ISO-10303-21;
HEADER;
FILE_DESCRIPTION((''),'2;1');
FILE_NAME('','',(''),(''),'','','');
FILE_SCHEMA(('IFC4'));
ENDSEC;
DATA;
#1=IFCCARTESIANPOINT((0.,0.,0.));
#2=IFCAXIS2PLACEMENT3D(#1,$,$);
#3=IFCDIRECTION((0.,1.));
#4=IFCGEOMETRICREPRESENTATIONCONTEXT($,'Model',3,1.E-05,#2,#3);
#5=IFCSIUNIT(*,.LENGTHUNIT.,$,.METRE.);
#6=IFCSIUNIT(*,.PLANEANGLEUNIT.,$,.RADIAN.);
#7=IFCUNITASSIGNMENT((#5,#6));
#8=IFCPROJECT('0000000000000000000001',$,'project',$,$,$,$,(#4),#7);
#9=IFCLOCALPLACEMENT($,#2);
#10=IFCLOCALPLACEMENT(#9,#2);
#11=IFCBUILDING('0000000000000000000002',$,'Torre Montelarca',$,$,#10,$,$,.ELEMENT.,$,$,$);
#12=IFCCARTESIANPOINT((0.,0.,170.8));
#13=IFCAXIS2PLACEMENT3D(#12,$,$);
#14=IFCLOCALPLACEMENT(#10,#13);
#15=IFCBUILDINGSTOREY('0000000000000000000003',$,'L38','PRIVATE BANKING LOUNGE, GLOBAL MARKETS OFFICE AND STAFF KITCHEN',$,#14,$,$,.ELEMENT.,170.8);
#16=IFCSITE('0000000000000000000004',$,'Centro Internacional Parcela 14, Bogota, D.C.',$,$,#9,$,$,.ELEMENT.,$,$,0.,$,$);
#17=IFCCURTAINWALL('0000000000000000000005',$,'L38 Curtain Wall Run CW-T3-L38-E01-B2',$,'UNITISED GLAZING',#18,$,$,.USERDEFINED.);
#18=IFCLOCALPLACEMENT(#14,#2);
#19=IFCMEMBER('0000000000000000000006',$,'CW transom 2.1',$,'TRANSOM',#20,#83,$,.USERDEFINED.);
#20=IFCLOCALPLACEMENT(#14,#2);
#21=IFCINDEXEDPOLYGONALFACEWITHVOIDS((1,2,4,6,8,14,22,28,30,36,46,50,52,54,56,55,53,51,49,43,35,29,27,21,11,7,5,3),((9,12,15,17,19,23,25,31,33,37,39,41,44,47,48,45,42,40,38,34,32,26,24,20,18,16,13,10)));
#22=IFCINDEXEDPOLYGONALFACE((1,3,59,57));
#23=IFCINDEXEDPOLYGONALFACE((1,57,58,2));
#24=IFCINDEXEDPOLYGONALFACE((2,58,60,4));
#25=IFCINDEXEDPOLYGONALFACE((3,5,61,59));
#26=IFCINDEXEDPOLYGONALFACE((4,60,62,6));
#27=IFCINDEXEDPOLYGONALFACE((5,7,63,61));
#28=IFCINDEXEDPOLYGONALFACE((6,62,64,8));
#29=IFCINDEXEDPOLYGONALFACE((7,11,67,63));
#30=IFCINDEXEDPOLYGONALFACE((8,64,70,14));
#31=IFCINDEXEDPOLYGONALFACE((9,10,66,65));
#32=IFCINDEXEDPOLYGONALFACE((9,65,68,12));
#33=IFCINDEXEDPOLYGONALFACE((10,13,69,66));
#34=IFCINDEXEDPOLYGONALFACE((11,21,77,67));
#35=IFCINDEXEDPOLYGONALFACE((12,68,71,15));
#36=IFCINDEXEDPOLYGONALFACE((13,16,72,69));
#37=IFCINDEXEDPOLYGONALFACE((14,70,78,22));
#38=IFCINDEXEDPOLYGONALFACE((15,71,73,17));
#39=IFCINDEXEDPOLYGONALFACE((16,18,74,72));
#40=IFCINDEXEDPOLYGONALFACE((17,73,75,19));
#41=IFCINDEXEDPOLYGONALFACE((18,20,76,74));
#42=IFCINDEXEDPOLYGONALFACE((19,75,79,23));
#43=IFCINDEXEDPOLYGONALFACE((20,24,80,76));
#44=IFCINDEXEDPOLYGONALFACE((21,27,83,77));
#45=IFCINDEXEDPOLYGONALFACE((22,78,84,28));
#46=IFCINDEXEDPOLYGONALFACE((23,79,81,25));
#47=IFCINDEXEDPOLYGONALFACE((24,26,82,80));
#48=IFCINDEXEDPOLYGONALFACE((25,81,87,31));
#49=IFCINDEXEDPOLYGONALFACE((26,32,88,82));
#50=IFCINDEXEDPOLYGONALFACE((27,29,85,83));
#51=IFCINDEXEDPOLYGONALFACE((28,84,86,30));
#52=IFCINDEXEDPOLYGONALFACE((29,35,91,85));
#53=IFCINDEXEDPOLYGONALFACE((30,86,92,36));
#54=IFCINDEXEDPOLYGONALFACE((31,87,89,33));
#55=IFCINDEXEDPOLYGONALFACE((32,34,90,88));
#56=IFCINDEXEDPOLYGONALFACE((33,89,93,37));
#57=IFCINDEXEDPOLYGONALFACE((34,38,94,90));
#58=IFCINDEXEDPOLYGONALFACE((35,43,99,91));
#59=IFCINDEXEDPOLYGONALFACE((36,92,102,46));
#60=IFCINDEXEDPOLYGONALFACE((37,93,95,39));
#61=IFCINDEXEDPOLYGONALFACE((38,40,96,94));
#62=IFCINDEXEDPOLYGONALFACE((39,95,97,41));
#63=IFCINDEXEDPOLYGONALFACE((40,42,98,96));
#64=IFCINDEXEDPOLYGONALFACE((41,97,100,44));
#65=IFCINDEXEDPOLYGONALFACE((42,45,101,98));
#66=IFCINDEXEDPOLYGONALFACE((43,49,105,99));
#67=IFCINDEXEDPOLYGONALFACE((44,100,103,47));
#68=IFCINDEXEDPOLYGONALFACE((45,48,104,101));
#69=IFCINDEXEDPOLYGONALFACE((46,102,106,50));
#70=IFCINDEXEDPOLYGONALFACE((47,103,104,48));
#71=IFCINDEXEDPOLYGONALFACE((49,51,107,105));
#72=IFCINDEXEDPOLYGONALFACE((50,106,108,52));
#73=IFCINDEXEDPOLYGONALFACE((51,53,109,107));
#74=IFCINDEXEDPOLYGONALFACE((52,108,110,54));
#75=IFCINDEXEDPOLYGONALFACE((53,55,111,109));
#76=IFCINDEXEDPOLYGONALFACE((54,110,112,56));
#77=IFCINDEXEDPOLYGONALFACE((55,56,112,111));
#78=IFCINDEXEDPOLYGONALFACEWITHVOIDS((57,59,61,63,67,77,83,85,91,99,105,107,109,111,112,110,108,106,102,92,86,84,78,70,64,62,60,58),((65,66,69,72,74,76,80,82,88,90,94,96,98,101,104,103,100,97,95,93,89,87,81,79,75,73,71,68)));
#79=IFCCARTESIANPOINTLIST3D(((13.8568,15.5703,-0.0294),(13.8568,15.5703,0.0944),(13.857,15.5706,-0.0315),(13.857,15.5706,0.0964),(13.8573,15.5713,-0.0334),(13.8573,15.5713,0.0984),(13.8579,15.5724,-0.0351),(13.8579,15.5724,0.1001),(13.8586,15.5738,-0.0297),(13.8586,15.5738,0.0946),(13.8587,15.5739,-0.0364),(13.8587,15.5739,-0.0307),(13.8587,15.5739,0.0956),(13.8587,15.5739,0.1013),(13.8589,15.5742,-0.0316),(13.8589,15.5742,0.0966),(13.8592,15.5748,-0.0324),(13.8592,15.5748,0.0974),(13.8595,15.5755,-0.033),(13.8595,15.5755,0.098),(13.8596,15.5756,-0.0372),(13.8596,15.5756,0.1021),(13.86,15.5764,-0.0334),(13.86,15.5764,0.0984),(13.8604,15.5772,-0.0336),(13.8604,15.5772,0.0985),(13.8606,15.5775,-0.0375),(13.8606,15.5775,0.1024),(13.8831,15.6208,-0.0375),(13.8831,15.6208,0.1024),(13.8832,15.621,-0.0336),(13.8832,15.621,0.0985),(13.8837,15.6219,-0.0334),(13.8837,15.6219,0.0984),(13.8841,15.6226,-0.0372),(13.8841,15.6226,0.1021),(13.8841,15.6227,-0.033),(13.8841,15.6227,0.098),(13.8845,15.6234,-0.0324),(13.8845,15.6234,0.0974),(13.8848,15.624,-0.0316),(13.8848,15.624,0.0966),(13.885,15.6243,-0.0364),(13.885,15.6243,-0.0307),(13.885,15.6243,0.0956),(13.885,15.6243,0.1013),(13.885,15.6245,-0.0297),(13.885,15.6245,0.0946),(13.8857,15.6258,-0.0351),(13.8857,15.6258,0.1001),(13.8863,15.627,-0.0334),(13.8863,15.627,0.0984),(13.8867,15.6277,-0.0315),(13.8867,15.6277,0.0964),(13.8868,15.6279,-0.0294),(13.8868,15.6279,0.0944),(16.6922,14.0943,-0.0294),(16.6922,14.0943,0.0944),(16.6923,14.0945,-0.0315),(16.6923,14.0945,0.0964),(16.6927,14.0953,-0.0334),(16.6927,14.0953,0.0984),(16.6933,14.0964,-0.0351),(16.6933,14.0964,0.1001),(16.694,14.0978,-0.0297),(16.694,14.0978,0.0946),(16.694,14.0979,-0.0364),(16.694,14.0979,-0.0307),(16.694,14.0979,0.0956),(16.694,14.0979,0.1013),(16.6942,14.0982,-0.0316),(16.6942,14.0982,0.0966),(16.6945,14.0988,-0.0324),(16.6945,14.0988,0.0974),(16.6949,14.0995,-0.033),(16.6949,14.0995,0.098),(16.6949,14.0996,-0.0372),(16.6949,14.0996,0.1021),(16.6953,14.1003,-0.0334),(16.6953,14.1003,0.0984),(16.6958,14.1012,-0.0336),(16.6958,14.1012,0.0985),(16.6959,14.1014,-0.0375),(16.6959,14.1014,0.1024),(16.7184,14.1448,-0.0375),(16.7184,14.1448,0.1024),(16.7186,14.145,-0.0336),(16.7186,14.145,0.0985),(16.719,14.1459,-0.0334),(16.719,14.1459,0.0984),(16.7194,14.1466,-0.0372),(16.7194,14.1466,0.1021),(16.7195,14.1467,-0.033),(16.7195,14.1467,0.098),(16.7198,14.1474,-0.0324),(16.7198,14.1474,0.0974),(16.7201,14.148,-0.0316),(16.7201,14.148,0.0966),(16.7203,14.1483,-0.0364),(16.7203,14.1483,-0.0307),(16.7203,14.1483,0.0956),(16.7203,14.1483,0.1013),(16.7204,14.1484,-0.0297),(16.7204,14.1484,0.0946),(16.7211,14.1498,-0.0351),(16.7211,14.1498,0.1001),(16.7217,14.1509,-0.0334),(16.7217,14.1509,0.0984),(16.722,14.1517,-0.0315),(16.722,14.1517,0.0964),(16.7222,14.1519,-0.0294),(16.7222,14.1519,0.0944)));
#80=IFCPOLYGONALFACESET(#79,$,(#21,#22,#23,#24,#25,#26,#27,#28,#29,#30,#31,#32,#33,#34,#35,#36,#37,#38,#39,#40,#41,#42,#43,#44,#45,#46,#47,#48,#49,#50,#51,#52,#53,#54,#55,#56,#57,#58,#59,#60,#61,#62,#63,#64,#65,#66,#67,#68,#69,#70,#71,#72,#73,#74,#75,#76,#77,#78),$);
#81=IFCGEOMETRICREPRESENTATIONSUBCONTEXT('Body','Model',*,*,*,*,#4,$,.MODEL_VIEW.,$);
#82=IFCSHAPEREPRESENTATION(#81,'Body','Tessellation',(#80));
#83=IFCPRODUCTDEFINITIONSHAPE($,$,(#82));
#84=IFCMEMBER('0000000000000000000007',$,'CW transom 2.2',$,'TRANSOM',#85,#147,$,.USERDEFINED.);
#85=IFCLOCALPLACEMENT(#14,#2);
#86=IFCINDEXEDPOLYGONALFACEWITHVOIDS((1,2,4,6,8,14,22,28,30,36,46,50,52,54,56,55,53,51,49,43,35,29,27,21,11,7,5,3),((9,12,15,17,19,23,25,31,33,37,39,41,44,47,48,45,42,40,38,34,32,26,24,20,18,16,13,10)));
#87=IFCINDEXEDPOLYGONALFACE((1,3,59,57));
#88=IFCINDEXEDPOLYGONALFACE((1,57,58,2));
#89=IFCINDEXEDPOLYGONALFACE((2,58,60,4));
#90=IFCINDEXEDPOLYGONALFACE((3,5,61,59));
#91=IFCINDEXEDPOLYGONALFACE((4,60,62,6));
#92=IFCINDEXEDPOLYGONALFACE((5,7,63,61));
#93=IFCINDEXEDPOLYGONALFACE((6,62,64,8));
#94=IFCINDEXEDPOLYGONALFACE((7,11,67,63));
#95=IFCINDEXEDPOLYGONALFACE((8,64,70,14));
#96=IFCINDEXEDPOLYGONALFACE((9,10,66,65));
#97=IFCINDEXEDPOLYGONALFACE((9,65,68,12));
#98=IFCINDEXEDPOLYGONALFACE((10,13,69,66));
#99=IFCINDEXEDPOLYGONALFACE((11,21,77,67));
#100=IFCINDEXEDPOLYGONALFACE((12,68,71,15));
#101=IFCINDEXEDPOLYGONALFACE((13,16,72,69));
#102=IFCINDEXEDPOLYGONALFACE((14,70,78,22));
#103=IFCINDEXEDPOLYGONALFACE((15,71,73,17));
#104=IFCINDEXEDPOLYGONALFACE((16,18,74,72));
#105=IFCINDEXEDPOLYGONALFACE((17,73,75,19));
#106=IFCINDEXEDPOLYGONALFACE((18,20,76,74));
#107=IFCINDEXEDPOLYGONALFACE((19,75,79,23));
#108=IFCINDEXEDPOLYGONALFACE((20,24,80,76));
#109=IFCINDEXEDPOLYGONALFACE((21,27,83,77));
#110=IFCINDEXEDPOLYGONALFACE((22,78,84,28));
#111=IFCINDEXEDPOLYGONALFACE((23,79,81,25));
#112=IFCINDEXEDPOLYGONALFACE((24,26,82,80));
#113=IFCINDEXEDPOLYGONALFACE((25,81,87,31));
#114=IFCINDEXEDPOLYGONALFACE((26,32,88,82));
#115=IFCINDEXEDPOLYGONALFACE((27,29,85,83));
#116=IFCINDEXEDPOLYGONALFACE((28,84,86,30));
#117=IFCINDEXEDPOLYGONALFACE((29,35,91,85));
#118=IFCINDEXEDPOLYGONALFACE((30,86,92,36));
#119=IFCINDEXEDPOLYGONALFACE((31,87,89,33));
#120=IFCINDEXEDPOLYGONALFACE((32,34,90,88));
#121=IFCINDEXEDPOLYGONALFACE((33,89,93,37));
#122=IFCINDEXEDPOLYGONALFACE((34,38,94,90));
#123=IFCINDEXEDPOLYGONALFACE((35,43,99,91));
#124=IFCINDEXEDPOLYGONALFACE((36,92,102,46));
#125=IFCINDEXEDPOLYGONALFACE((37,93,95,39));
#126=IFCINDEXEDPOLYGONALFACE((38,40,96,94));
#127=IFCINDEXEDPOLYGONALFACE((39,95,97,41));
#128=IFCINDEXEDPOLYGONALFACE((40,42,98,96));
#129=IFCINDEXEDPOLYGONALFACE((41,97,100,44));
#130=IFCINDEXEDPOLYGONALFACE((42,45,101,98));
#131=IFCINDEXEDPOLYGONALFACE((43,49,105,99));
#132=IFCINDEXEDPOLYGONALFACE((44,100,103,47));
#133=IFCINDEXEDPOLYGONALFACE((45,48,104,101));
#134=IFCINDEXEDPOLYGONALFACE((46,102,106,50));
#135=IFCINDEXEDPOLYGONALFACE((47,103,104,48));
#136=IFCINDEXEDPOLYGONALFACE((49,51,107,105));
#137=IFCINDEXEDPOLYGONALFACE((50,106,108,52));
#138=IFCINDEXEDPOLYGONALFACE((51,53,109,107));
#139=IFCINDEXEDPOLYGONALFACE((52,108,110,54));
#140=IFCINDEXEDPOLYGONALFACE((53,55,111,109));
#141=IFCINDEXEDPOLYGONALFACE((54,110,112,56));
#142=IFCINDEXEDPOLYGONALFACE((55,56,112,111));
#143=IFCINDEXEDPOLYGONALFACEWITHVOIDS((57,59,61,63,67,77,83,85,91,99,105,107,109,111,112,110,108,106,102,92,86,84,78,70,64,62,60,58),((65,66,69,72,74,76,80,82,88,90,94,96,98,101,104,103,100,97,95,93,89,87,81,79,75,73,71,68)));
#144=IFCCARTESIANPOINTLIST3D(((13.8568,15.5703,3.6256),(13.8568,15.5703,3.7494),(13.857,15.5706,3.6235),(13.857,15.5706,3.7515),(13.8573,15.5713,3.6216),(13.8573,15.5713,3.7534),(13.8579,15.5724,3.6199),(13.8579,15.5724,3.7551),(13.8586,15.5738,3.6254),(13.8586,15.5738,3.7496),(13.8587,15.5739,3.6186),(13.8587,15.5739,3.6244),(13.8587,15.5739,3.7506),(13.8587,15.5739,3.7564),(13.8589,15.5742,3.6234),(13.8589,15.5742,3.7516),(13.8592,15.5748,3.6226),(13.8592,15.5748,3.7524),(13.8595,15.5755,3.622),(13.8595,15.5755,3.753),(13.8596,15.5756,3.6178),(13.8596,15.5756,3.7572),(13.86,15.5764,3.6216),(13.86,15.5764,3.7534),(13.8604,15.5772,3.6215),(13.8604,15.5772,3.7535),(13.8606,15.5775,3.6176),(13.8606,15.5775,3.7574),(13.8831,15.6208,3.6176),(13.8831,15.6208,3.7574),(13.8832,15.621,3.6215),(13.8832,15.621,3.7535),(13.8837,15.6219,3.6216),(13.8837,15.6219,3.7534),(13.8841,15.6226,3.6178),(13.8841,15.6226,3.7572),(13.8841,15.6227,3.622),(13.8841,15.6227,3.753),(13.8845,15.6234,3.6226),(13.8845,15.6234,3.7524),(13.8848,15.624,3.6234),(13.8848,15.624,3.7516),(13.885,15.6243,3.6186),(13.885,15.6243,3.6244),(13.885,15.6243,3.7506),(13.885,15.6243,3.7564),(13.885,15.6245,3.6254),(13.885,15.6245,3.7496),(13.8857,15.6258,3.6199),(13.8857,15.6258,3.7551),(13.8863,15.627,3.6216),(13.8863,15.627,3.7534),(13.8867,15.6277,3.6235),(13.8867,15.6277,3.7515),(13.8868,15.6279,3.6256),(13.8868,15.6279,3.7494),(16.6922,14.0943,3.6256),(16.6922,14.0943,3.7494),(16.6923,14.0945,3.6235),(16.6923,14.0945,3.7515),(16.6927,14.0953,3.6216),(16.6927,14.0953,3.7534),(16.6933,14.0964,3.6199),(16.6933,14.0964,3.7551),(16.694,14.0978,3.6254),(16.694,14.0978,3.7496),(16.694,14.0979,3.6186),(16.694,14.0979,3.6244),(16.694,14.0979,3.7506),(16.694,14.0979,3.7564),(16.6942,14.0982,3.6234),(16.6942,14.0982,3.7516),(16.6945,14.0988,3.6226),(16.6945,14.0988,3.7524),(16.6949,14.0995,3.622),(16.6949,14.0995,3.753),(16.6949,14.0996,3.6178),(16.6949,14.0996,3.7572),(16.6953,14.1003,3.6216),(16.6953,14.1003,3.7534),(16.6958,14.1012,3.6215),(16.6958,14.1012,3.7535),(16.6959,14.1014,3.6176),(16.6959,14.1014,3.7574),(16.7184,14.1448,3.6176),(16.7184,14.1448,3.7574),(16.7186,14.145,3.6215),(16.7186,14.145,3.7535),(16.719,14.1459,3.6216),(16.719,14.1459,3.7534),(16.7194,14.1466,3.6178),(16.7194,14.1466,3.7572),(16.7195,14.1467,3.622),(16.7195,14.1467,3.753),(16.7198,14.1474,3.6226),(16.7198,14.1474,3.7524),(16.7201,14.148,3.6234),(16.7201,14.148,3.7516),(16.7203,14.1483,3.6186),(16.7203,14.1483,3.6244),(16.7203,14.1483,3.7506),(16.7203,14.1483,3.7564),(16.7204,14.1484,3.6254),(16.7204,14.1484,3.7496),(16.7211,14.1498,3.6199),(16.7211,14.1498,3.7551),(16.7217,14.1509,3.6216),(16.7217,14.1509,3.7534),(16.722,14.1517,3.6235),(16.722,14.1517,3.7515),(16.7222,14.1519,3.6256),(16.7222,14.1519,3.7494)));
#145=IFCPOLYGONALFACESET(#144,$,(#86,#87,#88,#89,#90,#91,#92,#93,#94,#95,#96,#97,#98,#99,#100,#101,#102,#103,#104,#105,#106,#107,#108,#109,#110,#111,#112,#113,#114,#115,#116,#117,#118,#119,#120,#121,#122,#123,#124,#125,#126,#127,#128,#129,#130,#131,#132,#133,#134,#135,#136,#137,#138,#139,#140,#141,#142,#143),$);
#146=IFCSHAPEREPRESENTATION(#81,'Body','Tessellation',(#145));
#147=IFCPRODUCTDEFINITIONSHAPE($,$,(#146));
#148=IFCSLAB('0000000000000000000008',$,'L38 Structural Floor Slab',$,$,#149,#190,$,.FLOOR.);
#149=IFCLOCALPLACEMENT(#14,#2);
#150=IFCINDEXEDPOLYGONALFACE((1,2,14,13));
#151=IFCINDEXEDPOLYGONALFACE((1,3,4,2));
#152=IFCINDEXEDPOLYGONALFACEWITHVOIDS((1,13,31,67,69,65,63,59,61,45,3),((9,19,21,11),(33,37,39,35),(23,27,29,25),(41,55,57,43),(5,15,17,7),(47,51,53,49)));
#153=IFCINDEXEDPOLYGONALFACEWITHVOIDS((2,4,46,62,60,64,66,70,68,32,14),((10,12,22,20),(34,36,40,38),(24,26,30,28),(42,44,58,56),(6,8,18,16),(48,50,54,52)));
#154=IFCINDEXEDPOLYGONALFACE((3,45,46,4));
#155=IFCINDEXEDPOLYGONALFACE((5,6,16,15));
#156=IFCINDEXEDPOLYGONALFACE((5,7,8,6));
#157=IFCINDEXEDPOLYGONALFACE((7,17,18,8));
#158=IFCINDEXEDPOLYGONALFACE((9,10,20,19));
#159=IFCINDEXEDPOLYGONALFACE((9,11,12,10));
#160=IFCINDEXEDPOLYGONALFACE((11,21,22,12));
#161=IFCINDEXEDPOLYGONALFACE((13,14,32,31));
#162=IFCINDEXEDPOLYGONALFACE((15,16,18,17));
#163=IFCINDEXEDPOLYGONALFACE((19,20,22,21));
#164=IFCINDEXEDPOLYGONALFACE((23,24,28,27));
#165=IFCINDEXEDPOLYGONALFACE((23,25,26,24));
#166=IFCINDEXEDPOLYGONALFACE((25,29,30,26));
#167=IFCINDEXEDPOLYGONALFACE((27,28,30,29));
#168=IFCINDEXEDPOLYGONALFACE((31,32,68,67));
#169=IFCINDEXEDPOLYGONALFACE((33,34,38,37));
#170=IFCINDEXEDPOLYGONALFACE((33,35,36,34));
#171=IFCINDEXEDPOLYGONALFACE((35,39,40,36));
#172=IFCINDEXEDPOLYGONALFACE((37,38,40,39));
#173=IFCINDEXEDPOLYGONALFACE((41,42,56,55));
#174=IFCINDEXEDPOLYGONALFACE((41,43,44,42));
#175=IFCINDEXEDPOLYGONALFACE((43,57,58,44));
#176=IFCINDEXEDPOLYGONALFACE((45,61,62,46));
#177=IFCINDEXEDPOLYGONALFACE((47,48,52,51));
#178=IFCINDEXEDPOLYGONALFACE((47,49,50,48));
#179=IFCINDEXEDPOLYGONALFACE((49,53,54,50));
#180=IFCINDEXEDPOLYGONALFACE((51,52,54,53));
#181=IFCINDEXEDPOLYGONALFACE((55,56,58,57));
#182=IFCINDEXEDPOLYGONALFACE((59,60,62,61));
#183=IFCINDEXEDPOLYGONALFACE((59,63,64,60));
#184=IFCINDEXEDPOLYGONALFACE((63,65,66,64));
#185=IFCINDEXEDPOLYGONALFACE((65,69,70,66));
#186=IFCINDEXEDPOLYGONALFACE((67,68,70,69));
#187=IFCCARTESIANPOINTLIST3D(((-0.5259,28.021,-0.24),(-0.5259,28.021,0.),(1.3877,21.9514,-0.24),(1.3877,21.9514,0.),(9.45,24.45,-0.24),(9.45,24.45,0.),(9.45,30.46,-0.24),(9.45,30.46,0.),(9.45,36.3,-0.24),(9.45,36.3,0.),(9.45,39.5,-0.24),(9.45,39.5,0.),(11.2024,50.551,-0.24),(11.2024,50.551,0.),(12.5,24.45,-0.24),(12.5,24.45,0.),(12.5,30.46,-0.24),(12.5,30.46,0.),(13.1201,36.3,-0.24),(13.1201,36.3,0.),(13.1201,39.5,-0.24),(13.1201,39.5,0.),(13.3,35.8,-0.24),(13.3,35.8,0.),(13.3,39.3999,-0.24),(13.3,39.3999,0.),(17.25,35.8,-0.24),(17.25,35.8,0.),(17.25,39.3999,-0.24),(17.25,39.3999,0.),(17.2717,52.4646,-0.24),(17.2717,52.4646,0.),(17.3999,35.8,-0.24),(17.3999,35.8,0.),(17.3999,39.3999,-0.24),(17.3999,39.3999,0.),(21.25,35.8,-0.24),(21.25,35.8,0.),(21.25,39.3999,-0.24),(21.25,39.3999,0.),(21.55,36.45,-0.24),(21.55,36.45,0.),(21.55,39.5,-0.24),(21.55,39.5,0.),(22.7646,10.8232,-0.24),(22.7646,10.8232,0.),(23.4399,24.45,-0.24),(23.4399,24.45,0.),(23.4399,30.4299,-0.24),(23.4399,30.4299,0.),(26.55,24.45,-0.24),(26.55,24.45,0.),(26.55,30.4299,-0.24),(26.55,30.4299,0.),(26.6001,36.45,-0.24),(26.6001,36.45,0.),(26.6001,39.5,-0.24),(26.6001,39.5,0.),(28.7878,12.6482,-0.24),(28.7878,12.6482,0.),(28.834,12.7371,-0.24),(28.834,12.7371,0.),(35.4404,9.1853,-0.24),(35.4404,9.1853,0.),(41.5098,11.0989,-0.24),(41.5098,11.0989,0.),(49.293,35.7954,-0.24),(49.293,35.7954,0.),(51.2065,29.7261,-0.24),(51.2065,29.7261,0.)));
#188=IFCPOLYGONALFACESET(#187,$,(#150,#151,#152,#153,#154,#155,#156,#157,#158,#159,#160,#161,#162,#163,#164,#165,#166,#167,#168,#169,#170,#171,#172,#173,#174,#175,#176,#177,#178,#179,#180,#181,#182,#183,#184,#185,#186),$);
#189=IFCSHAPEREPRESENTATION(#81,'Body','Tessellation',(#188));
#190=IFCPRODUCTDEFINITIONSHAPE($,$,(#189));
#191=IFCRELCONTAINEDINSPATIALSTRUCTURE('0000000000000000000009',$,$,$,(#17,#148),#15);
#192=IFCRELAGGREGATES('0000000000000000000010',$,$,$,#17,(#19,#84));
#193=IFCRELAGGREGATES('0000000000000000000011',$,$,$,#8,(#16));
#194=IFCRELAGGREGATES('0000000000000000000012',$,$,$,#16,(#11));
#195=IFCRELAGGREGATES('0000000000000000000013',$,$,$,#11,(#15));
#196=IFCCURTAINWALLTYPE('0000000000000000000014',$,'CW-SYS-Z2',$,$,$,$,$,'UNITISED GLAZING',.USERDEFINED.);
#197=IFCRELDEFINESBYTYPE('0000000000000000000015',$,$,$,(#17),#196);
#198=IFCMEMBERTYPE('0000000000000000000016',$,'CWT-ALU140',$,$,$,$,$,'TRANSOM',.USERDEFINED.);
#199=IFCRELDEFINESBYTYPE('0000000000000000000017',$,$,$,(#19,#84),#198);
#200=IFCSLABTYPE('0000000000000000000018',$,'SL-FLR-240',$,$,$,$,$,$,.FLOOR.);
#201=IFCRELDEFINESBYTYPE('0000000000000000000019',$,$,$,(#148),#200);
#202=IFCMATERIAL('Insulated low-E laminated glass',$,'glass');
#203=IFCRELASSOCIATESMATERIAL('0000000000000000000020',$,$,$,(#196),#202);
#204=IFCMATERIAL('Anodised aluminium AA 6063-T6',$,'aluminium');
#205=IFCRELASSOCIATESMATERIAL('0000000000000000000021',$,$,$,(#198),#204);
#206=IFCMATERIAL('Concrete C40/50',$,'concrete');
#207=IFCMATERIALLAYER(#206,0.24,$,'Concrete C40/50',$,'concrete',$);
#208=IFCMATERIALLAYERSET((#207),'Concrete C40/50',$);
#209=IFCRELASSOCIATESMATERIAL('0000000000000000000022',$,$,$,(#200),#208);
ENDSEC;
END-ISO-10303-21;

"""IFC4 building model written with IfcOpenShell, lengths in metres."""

from ifc_helpers import new_model, si_unit, direction, frame, origin, origin_2d, place, context, subcontext, project, spatial, polyline, hollow_rectangle, outline, extrude, source, transform, mapped, material, layer, layer_set, material_profile, profile_set, type_object, element, aggregate, save


model = new_model("IFC4")

# Units and contexts
model_context = context("Model", 3, precision=1e-05, world=origin(), true_north=direction((0.0, 1.0)))
body_context = subcontext(model_context, "Body", "Model", "MODEL_VIEW")
ifc_project = project(units=[si_unit("LENGTHUNIT", "METRE"), si_unit("PLANEANGLEUNIT", "RADIAN")], contexts=[model_context])

# Site, building, storey
site_placement = place(None, origin())
site = spatial("IfcSite", under=ifc_project, at=site_placement, Name="Centro Internacional Parcela 14, Bogota, D.C.", CompositionType="ELEMENT", RefElevation=0.0)
building_placement = place(site_placement, origin())
building = spatial("IfcBuilding", under=site, at=building_placement, Name="Torre Montelarca", CompositionType="ELEMENT")
storey_placement = place(building_placement, frame((0.0, 0.0, 170.8)))
storey = spatial("IfcBuildingStorey", under=building, at=storey_placement, Name="L38", Description="PRIVATE BANKING LOUNGE, GLOBAL MARKETS OFFICE AND STAFF KITCHEN", CompositionType="ELEMENT", Elevation=170.8)

# Curtain wall
ifc_material_1 = material(Name="Insulated low-E laminated glass", Category="glass")
curtain_wall_type = type_object("IfcCurtainWallType", Name="CW-SYS-Z2", ElementType="UNITISED GLAZING", PredefinedType="USERDEFINED", material=ifc_material_1)
ifc_material_2 = material(Name="Anodised aluminium AA 6063-T6", Category="aluminium")
curtain_wall_1_placement = place(storey_placement, origin())
curtain_wall_1 = element("IfcCurtainWall", 1, at=curtain_wall_1_placement, inside=storey, type_object=curtain_wall_type, Name="L38 Curtain Wall Run CW-T3-L38-E01-B2", ObjectType="UNITISED GLAZING", PredefinedType="USERDEFINED")
ifc_material_profile_1 = material_profile(ifc_material_2, hollow_rectangle(XDim=0.0649, YDim=0.1399, WallThickness=0.0039, InnerFilletRadius=0.0039, OuterFilletRadius=0.0081, at=origin_2d()), Name="ALU65X140X4", Category="aluminium")
ifc_profile_set_1 = profile_set([ifc_material_profile_1], Name="Anodised aluminium AA 6063-T6")
member_type_1 = type_object("IfcMemberType", Name="CWT-ALU140", ElementType="TRANSOM", PredefinedType="USERDEFINED", material=ifc_profile_set_1)

# Members
shared_shape_1 = source(origin(), body_context, "Body", "SweptSolid", [
    extrude(hollow_rectangle(XDim=0.0649, YDim=0.1399, WallThickness=0.0039, InnerFilletRadius=0.0039, OuterFilletRadius=0.0081, at=origin_2d()), origin(), (0.0, 0.0, 1.0), 3.1965),
])
member_1_placement = place(storey_placement, frame((13.8718, 15.5991, 0.0325), z_axis=(0.887007, -0.461757, 0.0), x_axis=(0.461757, 0.887007, 0.0)))
member_1 = element("IfcMember", 2, at=member_1_placement, type_object=member_type_1, Name="CW transom 2.1", ObjectType="TRANSOM", PredefinedType="USERDEFINED", context=body_context, shape_type="MappedRepresentation", body=[
    mapped(shared_shape_1, transform((0.0, 0.0, 0.0), scale=1.0)),
])
member_2_placement = place(storey_placement, frame((13.8718, 15.5991, 3.6875), z_axis=(0.887007, -0.461757, 0.0), x_axis=(0.461757, 0.887007, 0.0)))
member_2 = element("IfcMember", 3, at=member_2_placement, type_object=member_type_1, Name="CW transom 2.2", ObjectType="TRANSOM", PredefinedType="USERDEFINED", context=body_context, shape_type="MappedRepresentation", body=[
    mapped(shared_shape_1, transform((0.0, 0.0, 0.0), scale=1.0)),
])

# Slab
ifc_material_3 = material(Name="Concrete C40/50", Category="concrete")
ifc_layer_1 = layer(ifc_material_3, 0.24, Name="Concrete C40/50", Category="concrete")
ifc_layer_set_1 = layer_set([ifc_layer_1], Name="Concrete C40/50")
slab_type_1 = type_object("IfcSlabType", Name="SL-FLR-240", PredefinedType="FLOOR", material=ifc_layer_set_1)
slab_1_placement = place(storey_placement, frame((0.0, 0.0, -0.24)))
element("IfcSlab", 4, at=slab_1_placement, inside=storey, type_object=slab_type_1, Name="L38 Structural Floor Slab", PredefinedType="FLOOR", context=body_context, shape_type="SweptSolid", body=[
    extrude(outline(polyline([(22.7646, 10.8232), (28.834, 12.7371), (28.7878, 12.6482), (35.4404, 9.1853), (41.5098, 11.0989), (51.2065, 29.7261), (49.293, 35.7954), (17.2717, 52.4646), (11.2024, 50.551), (-0.5259, 28.021), (1.3877, 21.9514), (22.7646, 10.8232)]), holes=[polyline([(26.55, 24.45), (23.4399, 24.45), (23.4399, 30.4299), (26.55, 30.4299), (26.55, 24.45)]), polyline([(9.45, 24.45), (9.45, 30.46), (12.5, 30.46), (12.5, 24.45), (9.45, 24.45)]), polyline([(17.25, 35.8), (13.3, 35.8), (13.3, 39.3999), (17.25, 39.3999), (17.25, 35.8)]), polyline([(21.25, 39.3999), (21.25, 35.8), (17.3999, 35.8), (17.3999, 39.3999), (21.25, 39.3999)]), polyline([(13.1201, 36.3), (9.45, 36.3), (9.45, 39.5), (13.1201, 39.5), (13.1201, 36.3)]), polyline([(26.6001, 36.45), (21.55, 36.45), (21.55, 39.5), (26.6001, 39.5), (26.6001, 36.45)])]), origin(), (0.0, 0.0, 1.0), 0.24),
])

aggregate(curtain_wall_1, [member_1, member_2])

save(model, "model.ifc")
